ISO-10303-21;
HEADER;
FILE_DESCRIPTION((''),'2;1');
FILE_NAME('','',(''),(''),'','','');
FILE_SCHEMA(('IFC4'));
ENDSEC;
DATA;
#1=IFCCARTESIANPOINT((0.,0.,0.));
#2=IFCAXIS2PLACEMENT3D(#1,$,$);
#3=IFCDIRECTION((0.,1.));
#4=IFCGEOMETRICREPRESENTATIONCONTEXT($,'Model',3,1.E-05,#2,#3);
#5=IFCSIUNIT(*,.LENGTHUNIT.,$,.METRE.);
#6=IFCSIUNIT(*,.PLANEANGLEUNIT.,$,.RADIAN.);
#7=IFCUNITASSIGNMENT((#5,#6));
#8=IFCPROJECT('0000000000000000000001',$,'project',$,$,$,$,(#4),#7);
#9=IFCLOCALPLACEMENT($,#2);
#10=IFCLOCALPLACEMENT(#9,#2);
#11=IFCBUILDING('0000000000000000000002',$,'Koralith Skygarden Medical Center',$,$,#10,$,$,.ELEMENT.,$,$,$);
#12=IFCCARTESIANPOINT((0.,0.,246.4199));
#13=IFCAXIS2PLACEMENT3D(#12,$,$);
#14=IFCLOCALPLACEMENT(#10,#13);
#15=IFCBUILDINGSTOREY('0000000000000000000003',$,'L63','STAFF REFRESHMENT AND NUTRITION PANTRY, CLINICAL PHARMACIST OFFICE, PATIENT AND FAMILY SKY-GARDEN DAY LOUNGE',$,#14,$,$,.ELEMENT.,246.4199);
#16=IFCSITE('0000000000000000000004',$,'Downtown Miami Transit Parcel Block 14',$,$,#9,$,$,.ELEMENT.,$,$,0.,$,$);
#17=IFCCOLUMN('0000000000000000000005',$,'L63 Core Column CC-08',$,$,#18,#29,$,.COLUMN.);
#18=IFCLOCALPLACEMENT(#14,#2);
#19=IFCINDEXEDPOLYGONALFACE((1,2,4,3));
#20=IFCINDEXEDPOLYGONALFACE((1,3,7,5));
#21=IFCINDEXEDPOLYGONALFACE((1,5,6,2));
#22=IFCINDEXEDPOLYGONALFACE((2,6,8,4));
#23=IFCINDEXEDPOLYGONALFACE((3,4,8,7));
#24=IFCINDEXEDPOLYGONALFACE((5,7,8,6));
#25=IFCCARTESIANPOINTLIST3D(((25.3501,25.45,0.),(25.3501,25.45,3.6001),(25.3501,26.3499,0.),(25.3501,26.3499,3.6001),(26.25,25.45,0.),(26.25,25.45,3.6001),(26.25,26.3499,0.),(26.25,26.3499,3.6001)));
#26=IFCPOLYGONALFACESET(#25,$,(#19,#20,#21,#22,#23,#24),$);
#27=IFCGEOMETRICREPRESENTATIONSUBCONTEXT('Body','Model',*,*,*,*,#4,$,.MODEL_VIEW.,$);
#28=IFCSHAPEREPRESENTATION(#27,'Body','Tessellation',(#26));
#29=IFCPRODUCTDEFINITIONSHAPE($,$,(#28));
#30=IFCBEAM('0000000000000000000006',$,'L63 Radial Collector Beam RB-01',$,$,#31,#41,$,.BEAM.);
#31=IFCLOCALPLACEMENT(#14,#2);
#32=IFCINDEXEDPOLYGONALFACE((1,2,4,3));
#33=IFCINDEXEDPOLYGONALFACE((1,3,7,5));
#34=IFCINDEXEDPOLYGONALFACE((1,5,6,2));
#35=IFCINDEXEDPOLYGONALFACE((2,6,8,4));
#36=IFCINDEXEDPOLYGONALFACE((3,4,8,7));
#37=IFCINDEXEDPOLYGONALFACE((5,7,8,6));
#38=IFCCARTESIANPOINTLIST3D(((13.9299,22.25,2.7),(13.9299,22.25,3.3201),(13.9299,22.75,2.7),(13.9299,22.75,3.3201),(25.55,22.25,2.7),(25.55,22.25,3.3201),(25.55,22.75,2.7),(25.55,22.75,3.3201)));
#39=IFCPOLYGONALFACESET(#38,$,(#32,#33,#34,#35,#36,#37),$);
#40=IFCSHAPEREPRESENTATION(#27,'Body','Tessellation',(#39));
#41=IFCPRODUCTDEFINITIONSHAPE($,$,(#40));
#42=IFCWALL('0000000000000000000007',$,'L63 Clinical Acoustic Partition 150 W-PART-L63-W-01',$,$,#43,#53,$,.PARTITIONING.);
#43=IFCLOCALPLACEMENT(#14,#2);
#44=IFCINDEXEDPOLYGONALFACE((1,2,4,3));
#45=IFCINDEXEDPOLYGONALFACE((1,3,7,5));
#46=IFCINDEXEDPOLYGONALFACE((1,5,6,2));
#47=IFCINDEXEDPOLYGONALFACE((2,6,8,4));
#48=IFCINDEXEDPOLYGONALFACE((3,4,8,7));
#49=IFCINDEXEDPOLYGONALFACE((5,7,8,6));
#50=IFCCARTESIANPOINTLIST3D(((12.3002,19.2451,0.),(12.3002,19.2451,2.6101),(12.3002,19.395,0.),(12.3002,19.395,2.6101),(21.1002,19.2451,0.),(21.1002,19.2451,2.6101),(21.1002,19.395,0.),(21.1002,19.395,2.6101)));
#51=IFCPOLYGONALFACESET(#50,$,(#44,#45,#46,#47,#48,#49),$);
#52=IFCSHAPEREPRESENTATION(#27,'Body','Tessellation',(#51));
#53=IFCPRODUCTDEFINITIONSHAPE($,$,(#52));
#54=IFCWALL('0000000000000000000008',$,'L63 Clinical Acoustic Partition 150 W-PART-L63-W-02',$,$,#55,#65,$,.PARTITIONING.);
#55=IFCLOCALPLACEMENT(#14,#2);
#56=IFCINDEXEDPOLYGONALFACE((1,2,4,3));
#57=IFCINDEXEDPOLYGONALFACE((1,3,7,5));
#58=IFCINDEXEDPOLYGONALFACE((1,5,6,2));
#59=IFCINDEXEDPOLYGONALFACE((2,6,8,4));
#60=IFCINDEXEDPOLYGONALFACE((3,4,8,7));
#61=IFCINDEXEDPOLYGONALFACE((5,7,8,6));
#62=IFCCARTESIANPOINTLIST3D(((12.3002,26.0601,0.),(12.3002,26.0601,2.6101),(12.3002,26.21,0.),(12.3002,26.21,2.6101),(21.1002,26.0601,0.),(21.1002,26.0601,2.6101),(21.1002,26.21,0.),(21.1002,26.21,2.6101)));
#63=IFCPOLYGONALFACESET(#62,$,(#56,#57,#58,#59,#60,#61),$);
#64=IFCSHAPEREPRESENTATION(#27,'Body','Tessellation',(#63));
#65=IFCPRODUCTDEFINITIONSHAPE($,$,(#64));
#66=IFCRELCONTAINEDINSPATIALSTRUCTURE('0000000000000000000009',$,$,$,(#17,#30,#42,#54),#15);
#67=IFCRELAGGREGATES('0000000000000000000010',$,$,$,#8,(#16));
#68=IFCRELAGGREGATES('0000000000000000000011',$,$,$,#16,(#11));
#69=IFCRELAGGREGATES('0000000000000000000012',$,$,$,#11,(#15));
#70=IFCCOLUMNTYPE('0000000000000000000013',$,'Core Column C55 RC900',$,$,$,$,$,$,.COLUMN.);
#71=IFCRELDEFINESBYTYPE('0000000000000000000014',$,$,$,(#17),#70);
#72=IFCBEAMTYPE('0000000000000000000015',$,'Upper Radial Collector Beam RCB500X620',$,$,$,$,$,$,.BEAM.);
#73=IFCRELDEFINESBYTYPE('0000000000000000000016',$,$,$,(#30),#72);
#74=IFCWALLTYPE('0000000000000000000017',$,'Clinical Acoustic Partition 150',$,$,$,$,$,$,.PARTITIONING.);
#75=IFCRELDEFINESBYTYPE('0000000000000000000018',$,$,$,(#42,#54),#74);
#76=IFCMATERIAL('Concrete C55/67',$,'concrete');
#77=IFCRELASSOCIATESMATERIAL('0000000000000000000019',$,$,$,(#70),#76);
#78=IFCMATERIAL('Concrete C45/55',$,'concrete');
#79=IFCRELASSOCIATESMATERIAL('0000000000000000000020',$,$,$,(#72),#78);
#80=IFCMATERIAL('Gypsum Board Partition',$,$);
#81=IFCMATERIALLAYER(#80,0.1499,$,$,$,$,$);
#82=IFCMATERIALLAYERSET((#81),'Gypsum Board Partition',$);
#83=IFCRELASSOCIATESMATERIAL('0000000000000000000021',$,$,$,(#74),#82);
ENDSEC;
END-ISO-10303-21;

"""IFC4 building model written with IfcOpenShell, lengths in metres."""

from ifc_helpers import new_model, si_unit, direction, frame, frame_2d, origin, origin_2d, place, context, subcontext, project, spatial, rectangle, extrude, material, layer, layer_set, material_profile, profile_set, type_object, element, save


model = new_model("IFC4")

# Units and contexts
model_context = context("Model", 3, precision=1e-05, world=origin(), true_north=direction((0.0, 1.0)))
body_context = subcontext(model_context, "Body", "Model", "MODEL_VIEW")
ifc_project = project(units=[si_unit("LENGTHUNIT", "METRE"), si_unit("PLANEANGLEUNIT", "RADIAN")], contexts=[model_context])

# Site, building, storey
site_placement = place(None, origin())
site = spatial("IfcSite", under=ifc_project, at=site_placement, Name="Downtown Miami Transit Parcel Block 14", CompositionType="ELEMENT", RefElevation=0.0)
building_placement = place(site_placement, origin())
building = spatial("IfcBuilding", under=site, at=building_placement, Name="Koralith Skygarden Medical Center", CompositionType="ELEMENT")
storey_placement = place(building_placement, frame((0.0, 0.0, 246.4199)))
storey = spatial("IfcBuildingStorey", under=building, at=storey_placement, Name="L63", Description="STAFF REFRESHMENT AND NUTRITION PANTRY, CLINICAL PHARMACIST OFFICE, PATIENT AND FAMILY SKY-GARDEN DAY LOUNGE", CompositionType="ELEMENT", Elevation=246.4199)

# Column
ifc_material_1 = material(Name="Concrete C55/67", Category="concrete")
ifc_material_profile_1 = material_profile(ifc_material_1, rectangle(XDim=0.8999, YDim=0.8999, at=origin_2d()), Name="RC900X900")
ifc_profile_set_1 = profile_set([ifc_material_profile_1], Name="Concrete C55/67")
column_type = type_object("IfcColumnType", Name="Core Column C55 RC900", PredefinedType="COLUMN", material=ifc_profile_set_1)
column_placement = place(storey_placement, frame((25.8, 25.8999, 0.0), z_axis=(0.0, 0.0, 1.0), x_axis=(1.0, 0.0, 0.0)))
element("IfcColumn", 1, at=column_placement, inside=storey, type_object=column_type, Name="L63 Core Column CC-08", PredefinedType="COLUMN", context=body_context, shape_type="SweptSolid", body=[
    extrude(rectangle(XDim=0.8999, YDim=0.8999, at=origin_2d()), origin(), (0.0, 0.0, 1.0), 3.6001),
])

# Beam
ifc_material_2 = material(Name="Concrete C45/55", Category="concrete")
ifc_material_profile_2 = material_profile(ifc_material_2, rectangle(XDim=0.5, YDim=0.6201, at=origin_2d()), Name="RCB500X620")
ifc_profile_set_2 = profile_set([ifc_material_profile_2], Name="Concrete C45/55")
beam_type = type_object("IfcBeamType", Name="Upper Radial Collector Beam RCB500X620", PredefinedType="BEAM", material=ifc_profile_set_2)
beam_placement = place(storey_placement, frame((25.55, 22.5, 3.01), z_axis=(-1.0, 0.0, 0.0), x_axis=(0.0, -1.0, 0.0)))
element("IfcBeam", 2, at=beam_placement, inside=storey, type_object=beam_type, Name="L63 Radial Collector Beam RB-01", PredefinedType="BEAM", context=body_context, shape_type="SweptSolid", body=[
    extrude(rectangle(XDim=0.5, YDim=0.6201, at=origin_2d()), origin(), (0.0, 0.0, 1.0), 11.6201),
])

# Walls
ifc_material_3 = material(Name="Gypsum Board Partition")
ifc_layer_1 = layer(ifc_material_3, 0.1499)
ifc_layer_set_1 = layer_set([ifc_layer_1], Name="Gypsum Board Partition")
wall_type_1 = type_object("IfcWallType", Name="Clinical Acoustic Partition 150", PredefinedType="PARTITIONING", material=ifc_layer_set_1)
for number, where, z_axis, x_axis, name in (
    (3, (21.1001, 19.3201, 0.0), (0.0, 0.0, 1.0), (-1.0, 0.0, 0.0), "L63 Clinical Acoustic Partition 150 W-PART-L63-W-01"),
    (4, (21.1001, 26.135, 0.0), (0.0, 0.0, 1.0), (-1.0, 0.0, 0.0), "L63 Clinical Acoustic Partition 150 W-PART-L63-W-02"),
):
    element("IfcWall", number, at=place(storey_placement, frame(where, z_axis=z_axis, x_axis=x_axis)), inside=storey, type_object=wall_type_1, Name=name, PredefinedType="PARTITIONING", context=body_context, shape_type="SweptSolid", body=[
        extrude(rectangle(XDim=8.8, YDim=0.1499, at=frame_2d((4.3999, 0.0))), origin(), (0.0, 0.0, 1.0), 2.6101),
    ])

save(model, "model.ifc")
